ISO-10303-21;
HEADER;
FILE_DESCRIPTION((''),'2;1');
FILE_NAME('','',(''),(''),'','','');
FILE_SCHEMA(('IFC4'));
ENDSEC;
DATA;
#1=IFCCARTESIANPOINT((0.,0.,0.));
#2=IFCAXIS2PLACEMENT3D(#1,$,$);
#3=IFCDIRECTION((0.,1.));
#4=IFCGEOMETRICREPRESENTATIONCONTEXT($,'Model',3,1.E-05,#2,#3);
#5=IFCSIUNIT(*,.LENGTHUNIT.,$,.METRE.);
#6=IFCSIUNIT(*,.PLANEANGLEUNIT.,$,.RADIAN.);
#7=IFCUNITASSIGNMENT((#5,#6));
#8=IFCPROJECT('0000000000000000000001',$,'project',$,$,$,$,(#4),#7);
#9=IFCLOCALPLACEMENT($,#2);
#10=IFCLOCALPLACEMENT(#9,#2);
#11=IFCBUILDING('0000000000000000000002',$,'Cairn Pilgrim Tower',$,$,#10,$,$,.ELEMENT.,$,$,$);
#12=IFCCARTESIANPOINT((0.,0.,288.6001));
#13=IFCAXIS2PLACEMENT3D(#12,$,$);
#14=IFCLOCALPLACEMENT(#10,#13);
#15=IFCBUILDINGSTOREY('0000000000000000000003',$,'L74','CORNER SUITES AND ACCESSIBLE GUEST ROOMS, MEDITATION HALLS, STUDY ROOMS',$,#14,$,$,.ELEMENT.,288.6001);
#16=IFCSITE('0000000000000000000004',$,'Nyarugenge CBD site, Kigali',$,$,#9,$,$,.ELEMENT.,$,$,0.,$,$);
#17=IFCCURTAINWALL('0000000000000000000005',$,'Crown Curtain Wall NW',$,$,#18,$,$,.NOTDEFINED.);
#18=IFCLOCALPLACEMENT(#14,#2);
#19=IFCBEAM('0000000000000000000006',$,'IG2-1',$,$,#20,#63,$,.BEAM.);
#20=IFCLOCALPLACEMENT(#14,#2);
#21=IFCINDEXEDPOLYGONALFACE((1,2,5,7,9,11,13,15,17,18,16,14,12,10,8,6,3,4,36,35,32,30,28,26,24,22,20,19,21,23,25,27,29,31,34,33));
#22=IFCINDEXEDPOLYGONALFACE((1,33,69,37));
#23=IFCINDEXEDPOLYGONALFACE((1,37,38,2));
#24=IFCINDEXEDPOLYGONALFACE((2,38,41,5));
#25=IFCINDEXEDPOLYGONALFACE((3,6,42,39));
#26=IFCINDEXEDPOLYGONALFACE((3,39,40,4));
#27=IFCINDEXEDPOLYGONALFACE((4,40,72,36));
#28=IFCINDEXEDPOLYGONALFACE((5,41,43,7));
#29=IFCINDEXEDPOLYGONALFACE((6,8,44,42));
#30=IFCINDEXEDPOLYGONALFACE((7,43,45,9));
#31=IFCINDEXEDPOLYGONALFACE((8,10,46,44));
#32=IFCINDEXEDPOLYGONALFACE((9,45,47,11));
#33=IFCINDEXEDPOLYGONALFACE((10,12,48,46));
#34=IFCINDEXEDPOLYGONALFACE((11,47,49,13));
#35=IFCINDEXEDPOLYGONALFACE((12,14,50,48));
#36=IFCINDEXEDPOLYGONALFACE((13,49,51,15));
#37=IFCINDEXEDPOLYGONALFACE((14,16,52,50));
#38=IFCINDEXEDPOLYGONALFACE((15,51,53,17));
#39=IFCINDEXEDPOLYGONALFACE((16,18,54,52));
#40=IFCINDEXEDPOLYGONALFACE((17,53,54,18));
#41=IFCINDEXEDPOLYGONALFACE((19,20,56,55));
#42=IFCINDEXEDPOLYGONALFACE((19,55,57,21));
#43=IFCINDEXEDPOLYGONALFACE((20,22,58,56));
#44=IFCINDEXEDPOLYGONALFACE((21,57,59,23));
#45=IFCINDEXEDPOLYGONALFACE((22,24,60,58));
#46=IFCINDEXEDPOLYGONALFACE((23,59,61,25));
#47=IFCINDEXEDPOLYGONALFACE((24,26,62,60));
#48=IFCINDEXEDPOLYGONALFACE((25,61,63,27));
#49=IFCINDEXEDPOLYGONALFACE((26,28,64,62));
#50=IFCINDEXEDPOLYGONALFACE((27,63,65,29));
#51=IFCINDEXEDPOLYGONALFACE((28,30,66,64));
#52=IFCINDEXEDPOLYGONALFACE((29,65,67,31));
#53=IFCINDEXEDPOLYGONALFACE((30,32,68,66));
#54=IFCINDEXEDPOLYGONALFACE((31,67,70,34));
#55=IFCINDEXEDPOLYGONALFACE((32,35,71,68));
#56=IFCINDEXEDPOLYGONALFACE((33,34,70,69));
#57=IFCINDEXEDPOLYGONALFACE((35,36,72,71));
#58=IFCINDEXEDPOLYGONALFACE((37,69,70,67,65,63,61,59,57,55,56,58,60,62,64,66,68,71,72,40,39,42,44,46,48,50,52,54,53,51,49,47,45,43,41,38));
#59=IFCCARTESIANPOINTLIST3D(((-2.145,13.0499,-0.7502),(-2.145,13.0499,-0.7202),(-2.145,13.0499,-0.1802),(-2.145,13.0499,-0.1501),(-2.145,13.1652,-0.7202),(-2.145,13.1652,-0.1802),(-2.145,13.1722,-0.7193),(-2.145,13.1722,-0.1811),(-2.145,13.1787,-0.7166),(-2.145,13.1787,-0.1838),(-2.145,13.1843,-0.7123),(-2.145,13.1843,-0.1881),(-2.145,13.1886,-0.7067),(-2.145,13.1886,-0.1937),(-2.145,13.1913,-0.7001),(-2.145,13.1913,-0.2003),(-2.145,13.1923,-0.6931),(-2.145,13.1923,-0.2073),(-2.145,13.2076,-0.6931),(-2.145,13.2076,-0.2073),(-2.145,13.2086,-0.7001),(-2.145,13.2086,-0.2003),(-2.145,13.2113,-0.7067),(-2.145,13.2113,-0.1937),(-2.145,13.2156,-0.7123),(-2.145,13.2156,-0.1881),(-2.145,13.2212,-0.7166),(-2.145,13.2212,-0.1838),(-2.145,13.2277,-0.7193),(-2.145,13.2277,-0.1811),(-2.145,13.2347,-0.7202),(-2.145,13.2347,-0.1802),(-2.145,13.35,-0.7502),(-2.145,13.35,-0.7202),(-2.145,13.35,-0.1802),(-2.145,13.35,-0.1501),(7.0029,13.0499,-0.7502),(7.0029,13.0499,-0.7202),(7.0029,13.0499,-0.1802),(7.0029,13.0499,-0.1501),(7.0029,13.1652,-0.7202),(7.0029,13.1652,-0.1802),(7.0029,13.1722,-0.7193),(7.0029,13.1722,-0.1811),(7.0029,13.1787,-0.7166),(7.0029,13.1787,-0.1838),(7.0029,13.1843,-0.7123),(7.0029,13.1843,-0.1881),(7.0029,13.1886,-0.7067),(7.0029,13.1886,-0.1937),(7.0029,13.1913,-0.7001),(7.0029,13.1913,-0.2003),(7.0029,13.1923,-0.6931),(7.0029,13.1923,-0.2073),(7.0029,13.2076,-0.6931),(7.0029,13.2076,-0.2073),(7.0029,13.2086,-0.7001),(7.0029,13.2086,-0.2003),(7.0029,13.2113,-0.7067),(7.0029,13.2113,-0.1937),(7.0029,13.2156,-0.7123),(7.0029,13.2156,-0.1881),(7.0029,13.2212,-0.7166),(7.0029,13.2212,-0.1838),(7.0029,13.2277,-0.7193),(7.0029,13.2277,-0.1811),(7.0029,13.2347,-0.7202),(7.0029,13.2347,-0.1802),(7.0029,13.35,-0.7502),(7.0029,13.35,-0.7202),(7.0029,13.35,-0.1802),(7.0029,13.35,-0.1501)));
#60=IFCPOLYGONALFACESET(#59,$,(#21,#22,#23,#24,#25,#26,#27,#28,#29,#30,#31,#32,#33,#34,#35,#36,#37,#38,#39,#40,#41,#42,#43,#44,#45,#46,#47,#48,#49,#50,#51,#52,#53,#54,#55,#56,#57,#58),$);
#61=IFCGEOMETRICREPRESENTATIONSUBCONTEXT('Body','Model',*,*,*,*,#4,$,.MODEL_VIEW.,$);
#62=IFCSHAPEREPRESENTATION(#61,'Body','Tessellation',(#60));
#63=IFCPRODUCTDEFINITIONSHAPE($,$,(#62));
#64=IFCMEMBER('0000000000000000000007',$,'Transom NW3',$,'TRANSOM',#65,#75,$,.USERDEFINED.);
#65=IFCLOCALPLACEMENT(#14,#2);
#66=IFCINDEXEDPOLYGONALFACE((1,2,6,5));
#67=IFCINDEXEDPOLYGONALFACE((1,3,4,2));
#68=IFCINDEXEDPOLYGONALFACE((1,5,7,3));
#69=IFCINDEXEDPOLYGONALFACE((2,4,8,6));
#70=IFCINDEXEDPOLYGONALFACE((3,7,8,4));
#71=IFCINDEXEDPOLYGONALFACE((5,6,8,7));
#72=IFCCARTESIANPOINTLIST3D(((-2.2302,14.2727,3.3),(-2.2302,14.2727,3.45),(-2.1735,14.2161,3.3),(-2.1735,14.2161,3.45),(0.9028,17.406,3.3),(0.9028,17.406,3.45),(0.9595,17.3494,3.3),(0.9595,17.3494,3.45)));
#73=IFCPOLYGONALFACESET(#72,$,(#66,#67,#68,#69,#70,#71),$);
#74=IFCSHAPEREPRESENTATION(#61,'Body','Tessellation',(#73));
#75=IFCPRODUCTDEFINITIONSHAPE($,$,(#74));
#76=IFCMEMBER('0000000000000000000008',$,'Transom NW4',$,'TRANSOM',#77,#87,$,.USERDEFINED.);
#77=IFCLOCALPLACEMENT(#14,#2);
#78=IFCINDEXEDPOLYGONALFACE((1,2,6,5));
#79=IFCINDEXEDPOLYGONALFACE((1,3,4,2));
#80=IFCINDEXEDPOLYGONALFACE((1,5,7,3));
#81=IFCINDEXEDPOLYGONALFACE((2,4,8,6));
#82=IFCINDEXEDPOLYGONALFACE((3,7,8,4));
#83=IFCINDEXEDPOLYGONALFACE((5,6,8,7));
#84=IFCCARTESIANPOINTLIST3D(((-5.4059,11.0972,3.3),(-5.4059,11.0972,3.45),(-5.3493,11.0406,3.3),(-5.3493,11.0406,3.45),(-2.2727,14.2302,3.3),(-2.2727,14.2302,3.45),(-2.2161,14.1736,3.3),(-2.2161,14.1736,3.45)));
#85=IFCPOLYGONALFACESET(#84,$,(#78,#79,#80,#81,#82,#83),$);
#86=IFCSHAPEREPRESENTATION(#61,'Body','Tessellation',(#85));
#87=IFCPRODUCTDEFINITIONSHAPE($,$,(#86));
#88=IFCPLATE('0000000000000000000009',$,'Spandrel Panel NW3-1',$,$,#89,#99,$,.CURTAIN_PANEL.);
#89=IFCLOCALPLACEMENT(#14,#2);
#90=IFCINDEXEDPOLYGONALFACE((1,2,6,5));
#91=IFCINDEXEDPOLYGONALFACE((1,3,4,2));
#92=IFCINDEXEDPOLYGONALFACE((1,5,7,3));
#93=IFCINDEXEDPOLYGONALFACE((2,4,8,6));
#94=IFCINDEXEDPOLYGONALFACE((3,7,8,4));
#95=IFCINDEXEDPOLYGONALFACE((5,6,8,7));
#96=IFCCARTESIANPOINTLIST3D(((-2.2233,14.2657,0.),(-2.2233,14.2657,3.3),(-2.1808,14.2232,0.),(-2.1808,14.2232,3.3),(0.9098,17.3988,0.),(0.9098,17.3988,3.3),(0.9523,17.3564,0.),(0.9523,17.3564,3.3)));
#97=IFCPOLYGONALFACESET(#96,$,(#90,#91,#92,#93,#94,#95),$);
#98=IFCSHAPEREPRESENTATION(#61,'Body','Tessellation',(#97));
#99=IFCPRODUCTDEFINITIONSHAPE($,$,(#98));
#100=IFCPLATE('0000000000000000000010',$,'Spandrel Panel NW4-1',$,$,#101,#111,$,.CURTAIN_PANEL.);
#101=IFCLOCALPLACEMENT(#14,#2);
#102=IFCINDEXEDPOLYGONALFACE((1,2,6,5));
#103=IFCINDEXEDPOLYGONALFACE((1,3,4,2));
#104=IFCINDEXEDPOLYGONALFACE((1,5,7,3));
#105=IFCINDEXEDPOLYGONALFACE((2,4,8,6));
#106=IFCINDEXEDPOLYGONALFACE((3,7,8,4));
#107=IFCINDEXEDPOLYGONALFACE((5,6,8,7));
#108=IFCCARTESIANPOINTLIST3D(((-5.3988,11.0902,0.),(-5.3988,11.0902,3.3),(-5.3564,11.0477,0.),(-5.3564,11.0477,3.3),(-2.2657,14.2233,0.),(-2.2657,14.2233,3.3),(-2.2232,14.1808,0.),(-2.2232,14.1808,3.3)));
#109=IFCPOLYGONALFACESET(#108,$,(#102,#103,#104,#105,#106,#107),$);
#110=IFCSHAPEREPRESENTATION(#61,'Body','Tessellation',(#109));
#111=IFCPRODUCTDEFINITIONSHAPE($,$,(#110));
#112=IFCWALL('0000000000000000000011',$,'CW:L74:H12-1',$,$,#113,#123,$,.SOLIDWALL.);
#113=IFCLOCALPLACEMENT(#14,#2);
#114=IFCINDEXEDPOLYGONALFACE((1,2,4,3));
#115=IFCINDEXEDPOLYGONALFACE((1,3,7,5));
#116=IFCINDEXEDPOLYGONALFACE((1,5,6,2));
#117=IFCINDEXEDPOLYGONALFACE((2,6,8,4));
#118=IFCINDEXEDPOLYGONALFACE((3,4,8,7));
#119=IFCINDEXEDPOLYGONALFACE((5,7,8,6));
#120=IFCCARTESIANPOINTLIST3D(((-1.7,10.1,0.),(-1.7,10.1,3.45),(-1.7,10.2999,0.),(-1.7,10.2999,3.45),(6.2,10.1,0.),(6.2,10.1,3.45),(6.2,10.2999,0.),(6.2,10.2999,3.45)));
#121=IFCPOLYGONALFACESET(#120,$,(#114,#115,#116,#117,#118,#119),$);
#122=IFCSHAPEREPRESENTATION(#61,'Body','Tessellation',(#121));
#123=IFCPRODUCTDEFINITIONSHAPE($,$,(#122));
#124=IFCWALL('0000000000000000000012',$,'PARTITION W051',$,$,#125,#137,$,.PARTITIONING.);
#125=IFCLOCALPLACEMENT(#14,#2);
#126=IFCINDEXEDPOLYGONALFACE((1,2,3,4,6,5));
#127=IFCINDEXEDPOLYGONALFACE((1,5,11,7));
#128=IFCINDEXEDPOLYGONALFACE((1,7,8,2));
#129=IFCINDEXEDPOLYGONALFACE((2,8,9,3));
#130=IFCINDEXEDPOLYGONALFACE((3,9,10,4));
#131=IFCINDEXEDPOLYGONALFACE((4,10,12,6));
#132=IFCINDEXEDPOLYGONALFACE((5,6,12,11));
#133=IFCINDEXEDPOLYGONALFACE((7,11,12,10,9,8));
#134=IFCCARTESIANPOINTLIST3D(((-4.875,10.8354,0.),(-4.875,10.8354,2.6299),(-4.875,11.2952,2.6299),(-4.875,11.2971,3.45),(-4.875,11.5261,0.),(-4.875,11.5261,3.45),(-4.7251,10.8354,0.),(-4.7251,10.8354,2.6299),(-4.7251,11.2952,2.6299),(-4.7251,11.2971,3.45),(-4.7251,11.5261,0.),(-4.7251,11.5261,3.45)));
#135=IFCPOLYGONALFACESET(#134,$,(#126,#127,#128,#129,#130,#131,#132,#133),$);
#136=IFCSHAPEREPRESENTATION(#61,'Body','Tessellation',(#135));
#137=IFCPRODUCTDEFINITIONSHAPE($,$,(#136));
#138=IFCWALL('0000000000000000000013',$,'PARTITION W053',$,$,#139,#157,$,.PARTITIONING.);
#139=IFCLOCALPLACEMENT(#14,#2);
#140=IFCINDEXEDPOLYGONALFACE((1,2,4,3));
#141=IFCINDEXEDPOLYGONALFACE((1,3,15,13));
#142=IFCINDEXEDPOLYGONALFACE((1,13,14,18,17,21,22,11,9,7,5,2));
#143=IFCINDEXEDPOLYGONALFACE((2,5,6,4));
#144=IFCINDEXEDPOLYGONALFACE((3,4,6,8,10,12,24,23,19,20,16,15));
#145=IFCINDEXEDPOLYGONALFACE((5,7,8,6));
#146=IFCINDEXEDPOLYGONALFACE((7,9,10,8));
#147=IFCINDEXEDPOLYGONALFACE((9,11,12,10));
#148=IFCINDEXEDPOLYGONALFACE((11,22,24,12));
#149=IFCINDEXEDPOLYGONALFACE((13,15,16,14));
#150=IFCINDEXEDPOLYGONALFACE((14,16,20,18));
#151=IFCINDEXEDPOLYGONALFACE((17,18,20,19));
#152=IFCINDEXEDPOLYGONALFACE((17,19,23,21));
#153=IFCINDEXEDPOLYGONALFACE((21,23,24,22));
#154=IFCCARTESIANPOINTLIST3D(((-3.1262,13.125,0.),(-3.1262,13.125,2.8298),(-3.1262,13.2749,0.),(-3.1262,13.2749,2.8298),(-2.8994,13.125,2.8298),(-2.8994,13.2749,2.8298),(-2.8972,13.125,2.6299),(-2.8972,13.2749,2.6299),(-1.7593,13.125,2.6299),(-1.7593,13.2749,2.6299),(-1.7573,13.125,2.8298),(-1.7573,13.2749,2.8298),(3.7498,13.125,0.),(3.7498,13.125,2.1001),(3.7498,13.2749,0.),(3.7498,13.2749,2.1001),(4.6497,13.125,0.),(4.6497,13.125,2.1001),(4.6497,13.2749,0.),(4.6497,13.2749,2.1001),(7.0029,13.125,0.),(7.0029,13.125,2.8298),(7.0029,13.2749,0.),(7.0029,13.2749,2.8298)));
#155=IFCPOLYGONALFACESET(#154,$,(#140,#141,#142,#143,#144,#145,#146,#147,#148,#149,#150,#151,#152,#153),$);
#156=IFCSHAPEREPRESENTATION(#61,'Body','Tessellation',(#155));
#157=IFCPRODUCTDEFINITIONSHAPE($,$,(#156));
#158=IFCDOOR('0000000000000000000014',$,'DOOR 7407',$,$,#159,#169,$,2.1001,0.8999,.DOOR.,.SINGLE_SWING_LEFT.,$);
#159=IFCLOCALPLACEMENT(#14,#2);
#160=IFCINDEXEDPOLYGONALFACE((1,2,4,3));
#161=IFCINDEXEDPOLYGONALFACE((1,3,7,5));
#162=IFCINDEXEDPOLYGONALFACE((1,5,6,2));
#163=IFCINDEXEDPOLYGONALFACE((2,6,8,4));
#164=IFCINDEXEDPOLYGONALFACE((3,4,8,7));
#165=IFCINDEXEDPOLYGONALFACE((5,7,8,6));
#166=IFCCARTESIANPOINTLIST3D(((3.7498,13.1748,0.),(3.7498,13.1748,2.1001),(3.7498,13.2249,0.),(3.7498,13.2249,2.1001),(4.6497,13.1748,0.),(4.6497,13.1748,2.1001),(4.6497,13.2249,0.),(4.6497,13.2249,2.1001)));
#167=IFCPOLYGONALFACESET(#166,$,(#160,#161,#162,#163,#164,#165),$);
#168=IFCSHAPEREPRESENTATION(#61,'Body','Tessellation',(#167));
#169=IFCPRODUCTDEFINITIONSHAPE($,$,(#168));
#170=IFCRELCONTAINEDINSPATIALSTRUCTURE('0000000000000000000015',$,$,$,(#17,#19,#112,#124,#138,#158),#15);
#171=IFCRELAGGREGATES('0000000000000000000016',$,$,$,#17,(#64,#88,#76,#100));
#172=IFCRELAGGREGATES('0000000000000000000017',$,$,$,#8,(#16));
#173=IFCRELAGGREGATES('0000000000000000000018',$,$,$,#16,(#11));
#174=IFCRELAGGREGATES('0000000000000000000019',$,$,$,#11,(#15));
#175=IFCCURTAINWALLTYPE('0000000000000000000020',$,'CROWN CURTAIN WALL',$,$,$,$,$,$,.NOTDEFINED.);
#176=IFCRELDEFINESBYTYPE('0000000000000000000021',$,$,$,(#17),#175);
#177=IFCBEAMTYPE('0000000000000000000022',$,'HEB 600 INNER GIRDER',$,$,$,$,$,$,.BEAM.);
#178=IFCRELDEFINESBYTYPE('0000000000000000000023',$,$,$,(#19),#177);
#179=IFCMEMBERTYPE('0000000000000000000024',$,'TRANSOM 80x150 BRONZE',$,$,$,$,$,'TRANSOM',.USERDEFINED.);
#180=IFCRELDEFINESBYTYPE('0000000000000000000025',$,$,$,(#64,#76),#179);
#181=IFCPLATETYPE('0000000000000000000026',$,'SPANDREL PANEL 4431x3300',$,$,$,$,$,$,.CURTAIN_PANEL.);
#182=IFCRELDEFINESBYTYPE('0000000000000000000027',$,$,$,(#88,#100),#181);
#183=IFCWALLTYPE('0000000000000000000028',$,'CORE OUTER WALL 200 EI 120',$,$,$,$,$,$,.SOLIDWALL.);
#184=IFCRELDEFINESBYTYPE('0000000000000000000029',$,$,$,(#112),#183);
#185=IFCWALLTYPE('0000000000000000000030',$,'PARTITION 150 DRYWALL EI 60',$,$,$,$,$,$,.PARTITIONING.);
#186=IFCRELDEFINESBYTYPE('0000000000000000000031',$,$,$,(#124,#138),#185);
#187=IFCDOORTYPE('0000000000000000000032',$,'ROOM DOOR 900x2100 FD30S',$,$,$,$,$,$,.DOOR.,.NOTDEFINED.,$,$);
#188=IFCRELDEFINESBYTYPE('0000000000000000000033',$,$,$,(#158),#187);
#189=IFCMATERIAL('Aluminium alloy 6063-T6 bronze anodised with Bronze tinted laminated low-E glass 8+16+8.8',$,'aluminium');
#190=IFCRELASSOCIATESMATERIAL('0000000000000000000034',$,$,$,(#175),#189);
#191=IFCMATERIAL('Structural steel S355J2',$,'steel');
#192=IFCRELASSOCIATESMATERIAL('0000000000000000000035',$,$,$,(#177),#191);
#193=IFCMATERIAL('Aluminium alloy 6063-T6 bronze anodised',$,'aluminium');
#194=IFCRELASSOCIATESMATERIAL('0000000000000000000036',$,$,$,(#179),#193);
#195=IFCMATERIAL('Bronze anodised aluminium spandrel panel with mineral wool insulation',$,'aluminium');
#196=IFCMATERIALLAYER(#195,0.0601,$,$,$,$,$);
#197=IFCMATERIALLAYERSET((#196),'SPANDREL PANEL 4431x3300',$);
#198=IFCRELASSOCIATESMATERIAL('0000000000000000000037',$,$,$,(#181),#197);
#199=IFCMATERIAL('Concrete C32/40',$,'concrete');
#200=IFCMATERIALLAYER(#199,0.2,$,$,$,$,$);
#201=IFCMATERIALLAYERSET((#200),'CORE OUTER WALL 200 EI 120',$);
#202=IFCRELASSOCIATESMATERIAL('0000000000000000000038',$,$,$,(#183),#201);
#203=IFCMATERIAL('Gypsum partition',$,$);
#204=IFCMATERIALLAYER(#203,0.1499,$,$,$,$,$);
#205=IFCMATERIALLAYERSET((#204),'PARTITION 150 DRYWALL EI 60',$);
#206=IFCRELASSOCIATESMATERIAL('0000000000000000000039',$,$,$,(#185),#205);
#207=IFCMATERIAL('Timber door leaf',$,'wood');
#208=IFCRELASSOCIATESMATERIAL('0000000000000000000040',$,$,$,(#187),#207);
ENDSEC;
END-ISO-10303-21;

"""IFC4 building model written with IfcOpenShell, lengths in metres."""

from ifc_helpers import new_model, si_unit, direction, frame, frame_2d, origin, origin_2d, place, context, subcontext, project, spatial, polyline, rectangle, i_section, outline, extrude, material, layer, layer_set, material_profile, profile_set, type_object, element, fill, aggregate, save


model = new_model("IFC4")

# Units and contexts
model_context = context("Model", 3, precision=1e-05, world=origin(), true_north=direction((0.0, 1.0)))
body_context = subcontext(model_context, "Body", "Model", "MODEL_VIEW")
ifc_project = project(units=[si_unit("LENGTHUNIT", "METRE"), si_unit("PLANEANGLEUNIT", "RADIAN")], contexts=[model_context])

# Site, building, storey
site_placement = place(None, origin())
site = spatial("IfcSite", under=ifc_project, at=site_placement, Name="Nyarugenge CBD site, Kigali", CompositionType="ELEMENT", RefElevation=0.0)
building_placement = place(site_placement, origin())
building = spatial("IfcBuilding", under=site, at=building_placement, Name="Cairn Pilgrim Tower", CompositionType="ELEMENT")
storey_placement = place(building_placement, frame((0.0, 0.0, 288.6001)))
storey = spatial("IfcBuildingStorey", under=building, at=storey_placement, Name="L74", Description="CORNER SUITES AND ACCESSIBLE GUEST ROOMS, MEDITATION HALLS, STUDY ROOMS", CompositionType="ELEMENT", Elevation=288.6001)

# Shared definitions
ifc_material_1 = material(Name="Structural steel S355J2", Category="steel")

# Curtain wall
ifc_material_2 = material(Name="Aluminium alloy 6063-T6 bronze anodised with Bronze tinted laminated low-E glass 8+16+8.8", Category="aluminium")
curtain_wall_type = type_object("IfcCurtainWallType", Name="CROWN CURTAIN WALL", PredefinedType="NOTDEFINED", material=ifc_material_2)
curtain_wall_placement = place(storey_placement, origin())
curtain_wall = element("IfcCurtainWall", 1, at=curtain_wall_placement, inside=storey, type_object=curtain_wall_type, Name="Crown Curtain Wall NW", PredefinedType="NOTDEFINED")
ifc_material_3 = material(Name="Aluminium alloy 6063-T6 bronze anodised", Category="aluminium")

# Beam
ifc_material_profile_1 = material_profile(ifc_material_1, i_section(OverallWidth=0.3, OverallDepth=0.6001, WebThickness=0.0154, FlangeThickness=0.03, FilletRadius=0.0271, at=origin_2d()), Name="HEB 600")
ifc_profile_set_1 = profile_set([ifc_material_profile_1], Name="Structural steel S355J2")
beam_type_1 = type_object("IfcBeamType", Name="HEB 600 INNER GIRDER", PredefinedType="BEAM", material=ifc_profile_set_1)
beam_1_placement = place(storey_placement, frame((-2.145, 13.2, -0.4502), z_axis=(1.0, 0.0, 0.0), x_axis=(0.0, 1.0, 0.0)))
element("IfcBeam", 2, at=beam_1_placement, inside=storey, type_object=beam_type_1, Name="IG2-1", PredefinedType="BEAM", context=body_context, shape_type="SweptSolid", body=[
    extrude(i_section(OverallWidth=0.3, OverallDepth=0.6001, WebThickness=0.0154, FlangeThickness=0.03, FilletRadius=0.0271, at=origin_2d()), origin(), (0.0, 0.0, 1.0), 9.1479),
])

# Members
ifc_material_profile_2 = material_profile(ifc_material_3, rectangle(XDim=0.0801, YDim=0.1499, at=origin_2d()), Name="TRANSOM 80x150 BRONZE")
ifc_profile_set_2 = profile_set([ifc_material_profile_2], Name="Aluminium alloy 6063-T6 bronze anodised")
member_type_1 = type_object("IfcMemberType", Name="TRANSOM 80x150 BRONZE", ElementType="TRANSOM", PredefinedType="USERDEFINED", material=ifc_profile_set_2)
member_1_placement = place(storey_placement, frame((0.9312, 17.3777, 3.375), z_axis=(-0.707079, -0.707134, 0.0), x_axis=(0.707134, -0.707079, 0.0)))
member_1 = element("IfcMember", 3, at=member_1_placement, type_object=member_type_1, Name="Transom NW3", ObjectType="TRANSOM", PredefinedType="USERDEFINED", context=body_context, shape_type="SweptSolid", body=[
    extrude(rectangle(XDim=0.0801, YDim=0.1499, at=origin_2d()), origin(), (0.0, 0.0, 1.0), 4.4309),
])
member_2_placement = place(storey_placement, frame((-2.2444, 14.2019, 3.375), z_axis=(-0.707134, -0.707079, 0.0), x_axis=(0.707079, -0.707134, 0.0)))
member_2 = element("IfcMember", 4, at=member_2_placement, type_object=member_type_1, Name="Transom NW4", ObjectType="TRANSOM", PredefinedType="USERDEFINED", context=body_context, shape_type="SweptSolid", body=[
    extrude(rectangle(XDim=0.0801, YDim=0.1499, at=origin_2d()), origin(), (0.0, 0.0, 1.0), 4.4309),
])

# Plates
ifc_material_4 = material(Name="Bronze anodised aluminium spandrel panel with mineral wool insulation", Category="aluminium")
ifc_layer_1 = layer(ifc_material_4, 0.0601)
ifc_layer_set_1 = layer_set([ifc_layer_1], Name="SPANDREL PANEL 4431x3300")
plate_type = type_object("IfcPlateType", Name="SPANDREL PANEL 4431x3300", PredefinedType="CURTAIN_PANEL", material=ifc_layer_set_1)
plate_1_placement = place(storey_placement, frame((-0.6355, 15.811, 0.0), z_axis=(0.0, 0.0, 1.0), x_axis=(-0.707107, -0.707107, 0.0)))
plate_1 = element("IfcPlate", 5, at=plate_1_placement, type_object=plate_type, Name="Spandrel Panel NW3-1", PredefinedType="CURTAIN_PANEL", context=body_context, shape_type="SweptSolid", body=[
    extrude(rectangle(XDim=4.4309, YDim=0.0601, at=origin_2d()), origin(), (0.0, 0.0, 1.0), 3.3),
])
plate_2_placement = place(storey_placement, frame((-3.811, 12.6355, 0.0), z_axis=(0.0, 0.0, 1.0), x_axis=(-0.707107, -0.707107, 0.0)))
plate_2 = element("IfcPlate", 6, at=plate_2_placement, type_object=plate_type, Name="Spandrel Panel NW4-1", PredefinedType="CURTAIN_PANEL", context=body_context, shape_type="SweptSolid", body=[
    extrude(rectangle(XDim=4.4309, YDim=0.0601, at=origin_2d()), origin(), (0.0, 0.0, 1.0), 3.3),
])
aggregate(curtain_wall, [member_1, plate_1, member_2, plate_2])

# Walls
ifc_material_5 = material(Name="Concrete C32/40", Category="concrete")
ifc_layer_2 = layer(ifc_material_5, 0.2)
ifc_layer_set_2 = layer_set([ifc_layer_2], Name="CORE OUTER WALL 200 EI 120")
wall_type_1 = type_object("IfcWallType", Name="CORE OUTER WALL 200 EI 120", PredefinedType="SOLIDWALL", material=ifc_layer_set_2)
wall_1_placement = place(storey_placement, frame((-1.7, 10.2, 0.0), z_axis=(0.0, 0.0, 1.0), x_axis=(1.0, 0.0, 0.0)))
element("IfcWall", 7, at=wall_1_placement, inside=storey, type_object=wall_type_1, Name="CW:L74:H12-1", PredefinedType="SOLIDWALL", context=body_context, shape_type="SweptSolid", body=[
    extrude(rectangle(XDim=7.8999, YDim=0.2, at=frame_2d((3.95, 0.0))), origin(), (0.0, 0.0, 1.0), 3.45),
])
ifc_material_6 = material(Name="Gypsum partition")
ifc_layer_3 = layer(ifc_material_6, 0.1499)
ifc_layer_set_3 = layer_set([ifc_layer_3], Name="PARTITION 150 DRYWALL EI 60")
wall_type_2 = type_object("IfcWallType", Name="PARTITION 150 DRYWALL EI 60", PredefinedType="PARTITIONING", material=ifc_layer_set_3)
wall_2_placement = place(storey_placement, frame((-4.8, 10.8354, 0.0), z_axis=(0.0, 0.0, 1.0), x_axis=(0.0, 1.0, 0.0)))
element("IfcWall", 8, at=wall_2_placement, inside=storey, type_object=wall_type_2, Name="PARTITION W051", PredefinedType="PARTITIONING", context=body_context, shape_type="SweptSolid", body=[
    extrude(outline(polyline([(0.0, 0.0), (0.6907, 0.0), (0.6907, 3.45), (0.4617, 3.45), (0.4597, 2.6299), (0.0, 2.6299), (0.0, 0.0)])), frame((0.0, 0.075, 0.0), z_axis=(0.0, -1.0, 0.0), x_axis=(1.0, 0.0, 0.0)), (0.0, 0.0, 1.0), 0.1499),
])

# Wall, opening, door
wall_3_placement = place(storey_placement, frame((-3.1262, 13.2, 0.0), z_axis=(0.0, 0.0, 1.0), x_axis=(1.0, 0.0, 0.0)))
wall_3 = element("IfcWall", 9, at=wall_3_placement, inside=storey, type_object=wall_type_2, Name="PARTITION W053", PredefinedType="PARTITIONING", context=body_context, shape_type="SweptSolid", body=[
    extrude(outline(polyline([(0.0, 0.0), (10.1292, 0.0), (10.1292, 2.8298), (1.3689, 2.8298), (1.3669, 2.6299), (0.229, 2.6299), (0.2268, 2.8298), (0.0, 2.8298), (0.0, 0.0)])), frame((0.0, 0.075, 0.0), z_axis=(0.0, -1.0, 0.0), x_axis=(1.0, 0.0, 0.0)), (0.0, 0.0, 1.0), 0.1499),
])
opening_1_placement = place(wall_3_placement, frame((6.876, 0.0, 0.0)))
opening_1 = element("IfcOpeningElement", 10, at=opening_1_placement, cuts=wall_3, PredefinedType="OPENING", context=body_context, shape_type="SweptSolid", body=[
    extrude(rectangle(XDim=0.8999, YDim=2.1001, at=frame_2d((0.45, 1.05))), frame((0.0, 0.085, 0.0), z_axis=(0.0, -1.0, 0.0), x_axis=(1.0, 0.0, 0.0)), (0.0, 0.0, 1.0), 0.1699),
])
ifc_material_7 = material(Name="Timber door leaf", Category="wood")
door_type_1 = type_object("IfcDoorType", Name="ROOM DOOR 900x2100 FD30S", OperationType="NOTDEFINED", PredefinedType="DOOR", material=ifc_material_7)
door_1_placement = place(opening_1_placement, origin())
door_1 = element("IfcDoor", 11, at=door_1_placement, inside=storey, type_object=door_type_1, Name="DOOR 7407", OperationType="SINGLE_SWING_LEFT", OverallHeight=2.1001, OverallWidth=0.8999, PredefinedType="DOOR", context=body_context, shape_type="SweptSolid", body=[
    extrude(rectangle(XDim=0.8999, YDim=2.1001, at=frame_2d((0.45, 1.05))), frame((0.0, 0.0249, 0.0), z_axis=(0.0, -1.0, 0.0), x_axis=(1.0, 0.0, 0.0)), (0.0, 0.0, 1.0), 0.05),
])
fill(opening_1, door_1)

save(model, "model.ifc")
